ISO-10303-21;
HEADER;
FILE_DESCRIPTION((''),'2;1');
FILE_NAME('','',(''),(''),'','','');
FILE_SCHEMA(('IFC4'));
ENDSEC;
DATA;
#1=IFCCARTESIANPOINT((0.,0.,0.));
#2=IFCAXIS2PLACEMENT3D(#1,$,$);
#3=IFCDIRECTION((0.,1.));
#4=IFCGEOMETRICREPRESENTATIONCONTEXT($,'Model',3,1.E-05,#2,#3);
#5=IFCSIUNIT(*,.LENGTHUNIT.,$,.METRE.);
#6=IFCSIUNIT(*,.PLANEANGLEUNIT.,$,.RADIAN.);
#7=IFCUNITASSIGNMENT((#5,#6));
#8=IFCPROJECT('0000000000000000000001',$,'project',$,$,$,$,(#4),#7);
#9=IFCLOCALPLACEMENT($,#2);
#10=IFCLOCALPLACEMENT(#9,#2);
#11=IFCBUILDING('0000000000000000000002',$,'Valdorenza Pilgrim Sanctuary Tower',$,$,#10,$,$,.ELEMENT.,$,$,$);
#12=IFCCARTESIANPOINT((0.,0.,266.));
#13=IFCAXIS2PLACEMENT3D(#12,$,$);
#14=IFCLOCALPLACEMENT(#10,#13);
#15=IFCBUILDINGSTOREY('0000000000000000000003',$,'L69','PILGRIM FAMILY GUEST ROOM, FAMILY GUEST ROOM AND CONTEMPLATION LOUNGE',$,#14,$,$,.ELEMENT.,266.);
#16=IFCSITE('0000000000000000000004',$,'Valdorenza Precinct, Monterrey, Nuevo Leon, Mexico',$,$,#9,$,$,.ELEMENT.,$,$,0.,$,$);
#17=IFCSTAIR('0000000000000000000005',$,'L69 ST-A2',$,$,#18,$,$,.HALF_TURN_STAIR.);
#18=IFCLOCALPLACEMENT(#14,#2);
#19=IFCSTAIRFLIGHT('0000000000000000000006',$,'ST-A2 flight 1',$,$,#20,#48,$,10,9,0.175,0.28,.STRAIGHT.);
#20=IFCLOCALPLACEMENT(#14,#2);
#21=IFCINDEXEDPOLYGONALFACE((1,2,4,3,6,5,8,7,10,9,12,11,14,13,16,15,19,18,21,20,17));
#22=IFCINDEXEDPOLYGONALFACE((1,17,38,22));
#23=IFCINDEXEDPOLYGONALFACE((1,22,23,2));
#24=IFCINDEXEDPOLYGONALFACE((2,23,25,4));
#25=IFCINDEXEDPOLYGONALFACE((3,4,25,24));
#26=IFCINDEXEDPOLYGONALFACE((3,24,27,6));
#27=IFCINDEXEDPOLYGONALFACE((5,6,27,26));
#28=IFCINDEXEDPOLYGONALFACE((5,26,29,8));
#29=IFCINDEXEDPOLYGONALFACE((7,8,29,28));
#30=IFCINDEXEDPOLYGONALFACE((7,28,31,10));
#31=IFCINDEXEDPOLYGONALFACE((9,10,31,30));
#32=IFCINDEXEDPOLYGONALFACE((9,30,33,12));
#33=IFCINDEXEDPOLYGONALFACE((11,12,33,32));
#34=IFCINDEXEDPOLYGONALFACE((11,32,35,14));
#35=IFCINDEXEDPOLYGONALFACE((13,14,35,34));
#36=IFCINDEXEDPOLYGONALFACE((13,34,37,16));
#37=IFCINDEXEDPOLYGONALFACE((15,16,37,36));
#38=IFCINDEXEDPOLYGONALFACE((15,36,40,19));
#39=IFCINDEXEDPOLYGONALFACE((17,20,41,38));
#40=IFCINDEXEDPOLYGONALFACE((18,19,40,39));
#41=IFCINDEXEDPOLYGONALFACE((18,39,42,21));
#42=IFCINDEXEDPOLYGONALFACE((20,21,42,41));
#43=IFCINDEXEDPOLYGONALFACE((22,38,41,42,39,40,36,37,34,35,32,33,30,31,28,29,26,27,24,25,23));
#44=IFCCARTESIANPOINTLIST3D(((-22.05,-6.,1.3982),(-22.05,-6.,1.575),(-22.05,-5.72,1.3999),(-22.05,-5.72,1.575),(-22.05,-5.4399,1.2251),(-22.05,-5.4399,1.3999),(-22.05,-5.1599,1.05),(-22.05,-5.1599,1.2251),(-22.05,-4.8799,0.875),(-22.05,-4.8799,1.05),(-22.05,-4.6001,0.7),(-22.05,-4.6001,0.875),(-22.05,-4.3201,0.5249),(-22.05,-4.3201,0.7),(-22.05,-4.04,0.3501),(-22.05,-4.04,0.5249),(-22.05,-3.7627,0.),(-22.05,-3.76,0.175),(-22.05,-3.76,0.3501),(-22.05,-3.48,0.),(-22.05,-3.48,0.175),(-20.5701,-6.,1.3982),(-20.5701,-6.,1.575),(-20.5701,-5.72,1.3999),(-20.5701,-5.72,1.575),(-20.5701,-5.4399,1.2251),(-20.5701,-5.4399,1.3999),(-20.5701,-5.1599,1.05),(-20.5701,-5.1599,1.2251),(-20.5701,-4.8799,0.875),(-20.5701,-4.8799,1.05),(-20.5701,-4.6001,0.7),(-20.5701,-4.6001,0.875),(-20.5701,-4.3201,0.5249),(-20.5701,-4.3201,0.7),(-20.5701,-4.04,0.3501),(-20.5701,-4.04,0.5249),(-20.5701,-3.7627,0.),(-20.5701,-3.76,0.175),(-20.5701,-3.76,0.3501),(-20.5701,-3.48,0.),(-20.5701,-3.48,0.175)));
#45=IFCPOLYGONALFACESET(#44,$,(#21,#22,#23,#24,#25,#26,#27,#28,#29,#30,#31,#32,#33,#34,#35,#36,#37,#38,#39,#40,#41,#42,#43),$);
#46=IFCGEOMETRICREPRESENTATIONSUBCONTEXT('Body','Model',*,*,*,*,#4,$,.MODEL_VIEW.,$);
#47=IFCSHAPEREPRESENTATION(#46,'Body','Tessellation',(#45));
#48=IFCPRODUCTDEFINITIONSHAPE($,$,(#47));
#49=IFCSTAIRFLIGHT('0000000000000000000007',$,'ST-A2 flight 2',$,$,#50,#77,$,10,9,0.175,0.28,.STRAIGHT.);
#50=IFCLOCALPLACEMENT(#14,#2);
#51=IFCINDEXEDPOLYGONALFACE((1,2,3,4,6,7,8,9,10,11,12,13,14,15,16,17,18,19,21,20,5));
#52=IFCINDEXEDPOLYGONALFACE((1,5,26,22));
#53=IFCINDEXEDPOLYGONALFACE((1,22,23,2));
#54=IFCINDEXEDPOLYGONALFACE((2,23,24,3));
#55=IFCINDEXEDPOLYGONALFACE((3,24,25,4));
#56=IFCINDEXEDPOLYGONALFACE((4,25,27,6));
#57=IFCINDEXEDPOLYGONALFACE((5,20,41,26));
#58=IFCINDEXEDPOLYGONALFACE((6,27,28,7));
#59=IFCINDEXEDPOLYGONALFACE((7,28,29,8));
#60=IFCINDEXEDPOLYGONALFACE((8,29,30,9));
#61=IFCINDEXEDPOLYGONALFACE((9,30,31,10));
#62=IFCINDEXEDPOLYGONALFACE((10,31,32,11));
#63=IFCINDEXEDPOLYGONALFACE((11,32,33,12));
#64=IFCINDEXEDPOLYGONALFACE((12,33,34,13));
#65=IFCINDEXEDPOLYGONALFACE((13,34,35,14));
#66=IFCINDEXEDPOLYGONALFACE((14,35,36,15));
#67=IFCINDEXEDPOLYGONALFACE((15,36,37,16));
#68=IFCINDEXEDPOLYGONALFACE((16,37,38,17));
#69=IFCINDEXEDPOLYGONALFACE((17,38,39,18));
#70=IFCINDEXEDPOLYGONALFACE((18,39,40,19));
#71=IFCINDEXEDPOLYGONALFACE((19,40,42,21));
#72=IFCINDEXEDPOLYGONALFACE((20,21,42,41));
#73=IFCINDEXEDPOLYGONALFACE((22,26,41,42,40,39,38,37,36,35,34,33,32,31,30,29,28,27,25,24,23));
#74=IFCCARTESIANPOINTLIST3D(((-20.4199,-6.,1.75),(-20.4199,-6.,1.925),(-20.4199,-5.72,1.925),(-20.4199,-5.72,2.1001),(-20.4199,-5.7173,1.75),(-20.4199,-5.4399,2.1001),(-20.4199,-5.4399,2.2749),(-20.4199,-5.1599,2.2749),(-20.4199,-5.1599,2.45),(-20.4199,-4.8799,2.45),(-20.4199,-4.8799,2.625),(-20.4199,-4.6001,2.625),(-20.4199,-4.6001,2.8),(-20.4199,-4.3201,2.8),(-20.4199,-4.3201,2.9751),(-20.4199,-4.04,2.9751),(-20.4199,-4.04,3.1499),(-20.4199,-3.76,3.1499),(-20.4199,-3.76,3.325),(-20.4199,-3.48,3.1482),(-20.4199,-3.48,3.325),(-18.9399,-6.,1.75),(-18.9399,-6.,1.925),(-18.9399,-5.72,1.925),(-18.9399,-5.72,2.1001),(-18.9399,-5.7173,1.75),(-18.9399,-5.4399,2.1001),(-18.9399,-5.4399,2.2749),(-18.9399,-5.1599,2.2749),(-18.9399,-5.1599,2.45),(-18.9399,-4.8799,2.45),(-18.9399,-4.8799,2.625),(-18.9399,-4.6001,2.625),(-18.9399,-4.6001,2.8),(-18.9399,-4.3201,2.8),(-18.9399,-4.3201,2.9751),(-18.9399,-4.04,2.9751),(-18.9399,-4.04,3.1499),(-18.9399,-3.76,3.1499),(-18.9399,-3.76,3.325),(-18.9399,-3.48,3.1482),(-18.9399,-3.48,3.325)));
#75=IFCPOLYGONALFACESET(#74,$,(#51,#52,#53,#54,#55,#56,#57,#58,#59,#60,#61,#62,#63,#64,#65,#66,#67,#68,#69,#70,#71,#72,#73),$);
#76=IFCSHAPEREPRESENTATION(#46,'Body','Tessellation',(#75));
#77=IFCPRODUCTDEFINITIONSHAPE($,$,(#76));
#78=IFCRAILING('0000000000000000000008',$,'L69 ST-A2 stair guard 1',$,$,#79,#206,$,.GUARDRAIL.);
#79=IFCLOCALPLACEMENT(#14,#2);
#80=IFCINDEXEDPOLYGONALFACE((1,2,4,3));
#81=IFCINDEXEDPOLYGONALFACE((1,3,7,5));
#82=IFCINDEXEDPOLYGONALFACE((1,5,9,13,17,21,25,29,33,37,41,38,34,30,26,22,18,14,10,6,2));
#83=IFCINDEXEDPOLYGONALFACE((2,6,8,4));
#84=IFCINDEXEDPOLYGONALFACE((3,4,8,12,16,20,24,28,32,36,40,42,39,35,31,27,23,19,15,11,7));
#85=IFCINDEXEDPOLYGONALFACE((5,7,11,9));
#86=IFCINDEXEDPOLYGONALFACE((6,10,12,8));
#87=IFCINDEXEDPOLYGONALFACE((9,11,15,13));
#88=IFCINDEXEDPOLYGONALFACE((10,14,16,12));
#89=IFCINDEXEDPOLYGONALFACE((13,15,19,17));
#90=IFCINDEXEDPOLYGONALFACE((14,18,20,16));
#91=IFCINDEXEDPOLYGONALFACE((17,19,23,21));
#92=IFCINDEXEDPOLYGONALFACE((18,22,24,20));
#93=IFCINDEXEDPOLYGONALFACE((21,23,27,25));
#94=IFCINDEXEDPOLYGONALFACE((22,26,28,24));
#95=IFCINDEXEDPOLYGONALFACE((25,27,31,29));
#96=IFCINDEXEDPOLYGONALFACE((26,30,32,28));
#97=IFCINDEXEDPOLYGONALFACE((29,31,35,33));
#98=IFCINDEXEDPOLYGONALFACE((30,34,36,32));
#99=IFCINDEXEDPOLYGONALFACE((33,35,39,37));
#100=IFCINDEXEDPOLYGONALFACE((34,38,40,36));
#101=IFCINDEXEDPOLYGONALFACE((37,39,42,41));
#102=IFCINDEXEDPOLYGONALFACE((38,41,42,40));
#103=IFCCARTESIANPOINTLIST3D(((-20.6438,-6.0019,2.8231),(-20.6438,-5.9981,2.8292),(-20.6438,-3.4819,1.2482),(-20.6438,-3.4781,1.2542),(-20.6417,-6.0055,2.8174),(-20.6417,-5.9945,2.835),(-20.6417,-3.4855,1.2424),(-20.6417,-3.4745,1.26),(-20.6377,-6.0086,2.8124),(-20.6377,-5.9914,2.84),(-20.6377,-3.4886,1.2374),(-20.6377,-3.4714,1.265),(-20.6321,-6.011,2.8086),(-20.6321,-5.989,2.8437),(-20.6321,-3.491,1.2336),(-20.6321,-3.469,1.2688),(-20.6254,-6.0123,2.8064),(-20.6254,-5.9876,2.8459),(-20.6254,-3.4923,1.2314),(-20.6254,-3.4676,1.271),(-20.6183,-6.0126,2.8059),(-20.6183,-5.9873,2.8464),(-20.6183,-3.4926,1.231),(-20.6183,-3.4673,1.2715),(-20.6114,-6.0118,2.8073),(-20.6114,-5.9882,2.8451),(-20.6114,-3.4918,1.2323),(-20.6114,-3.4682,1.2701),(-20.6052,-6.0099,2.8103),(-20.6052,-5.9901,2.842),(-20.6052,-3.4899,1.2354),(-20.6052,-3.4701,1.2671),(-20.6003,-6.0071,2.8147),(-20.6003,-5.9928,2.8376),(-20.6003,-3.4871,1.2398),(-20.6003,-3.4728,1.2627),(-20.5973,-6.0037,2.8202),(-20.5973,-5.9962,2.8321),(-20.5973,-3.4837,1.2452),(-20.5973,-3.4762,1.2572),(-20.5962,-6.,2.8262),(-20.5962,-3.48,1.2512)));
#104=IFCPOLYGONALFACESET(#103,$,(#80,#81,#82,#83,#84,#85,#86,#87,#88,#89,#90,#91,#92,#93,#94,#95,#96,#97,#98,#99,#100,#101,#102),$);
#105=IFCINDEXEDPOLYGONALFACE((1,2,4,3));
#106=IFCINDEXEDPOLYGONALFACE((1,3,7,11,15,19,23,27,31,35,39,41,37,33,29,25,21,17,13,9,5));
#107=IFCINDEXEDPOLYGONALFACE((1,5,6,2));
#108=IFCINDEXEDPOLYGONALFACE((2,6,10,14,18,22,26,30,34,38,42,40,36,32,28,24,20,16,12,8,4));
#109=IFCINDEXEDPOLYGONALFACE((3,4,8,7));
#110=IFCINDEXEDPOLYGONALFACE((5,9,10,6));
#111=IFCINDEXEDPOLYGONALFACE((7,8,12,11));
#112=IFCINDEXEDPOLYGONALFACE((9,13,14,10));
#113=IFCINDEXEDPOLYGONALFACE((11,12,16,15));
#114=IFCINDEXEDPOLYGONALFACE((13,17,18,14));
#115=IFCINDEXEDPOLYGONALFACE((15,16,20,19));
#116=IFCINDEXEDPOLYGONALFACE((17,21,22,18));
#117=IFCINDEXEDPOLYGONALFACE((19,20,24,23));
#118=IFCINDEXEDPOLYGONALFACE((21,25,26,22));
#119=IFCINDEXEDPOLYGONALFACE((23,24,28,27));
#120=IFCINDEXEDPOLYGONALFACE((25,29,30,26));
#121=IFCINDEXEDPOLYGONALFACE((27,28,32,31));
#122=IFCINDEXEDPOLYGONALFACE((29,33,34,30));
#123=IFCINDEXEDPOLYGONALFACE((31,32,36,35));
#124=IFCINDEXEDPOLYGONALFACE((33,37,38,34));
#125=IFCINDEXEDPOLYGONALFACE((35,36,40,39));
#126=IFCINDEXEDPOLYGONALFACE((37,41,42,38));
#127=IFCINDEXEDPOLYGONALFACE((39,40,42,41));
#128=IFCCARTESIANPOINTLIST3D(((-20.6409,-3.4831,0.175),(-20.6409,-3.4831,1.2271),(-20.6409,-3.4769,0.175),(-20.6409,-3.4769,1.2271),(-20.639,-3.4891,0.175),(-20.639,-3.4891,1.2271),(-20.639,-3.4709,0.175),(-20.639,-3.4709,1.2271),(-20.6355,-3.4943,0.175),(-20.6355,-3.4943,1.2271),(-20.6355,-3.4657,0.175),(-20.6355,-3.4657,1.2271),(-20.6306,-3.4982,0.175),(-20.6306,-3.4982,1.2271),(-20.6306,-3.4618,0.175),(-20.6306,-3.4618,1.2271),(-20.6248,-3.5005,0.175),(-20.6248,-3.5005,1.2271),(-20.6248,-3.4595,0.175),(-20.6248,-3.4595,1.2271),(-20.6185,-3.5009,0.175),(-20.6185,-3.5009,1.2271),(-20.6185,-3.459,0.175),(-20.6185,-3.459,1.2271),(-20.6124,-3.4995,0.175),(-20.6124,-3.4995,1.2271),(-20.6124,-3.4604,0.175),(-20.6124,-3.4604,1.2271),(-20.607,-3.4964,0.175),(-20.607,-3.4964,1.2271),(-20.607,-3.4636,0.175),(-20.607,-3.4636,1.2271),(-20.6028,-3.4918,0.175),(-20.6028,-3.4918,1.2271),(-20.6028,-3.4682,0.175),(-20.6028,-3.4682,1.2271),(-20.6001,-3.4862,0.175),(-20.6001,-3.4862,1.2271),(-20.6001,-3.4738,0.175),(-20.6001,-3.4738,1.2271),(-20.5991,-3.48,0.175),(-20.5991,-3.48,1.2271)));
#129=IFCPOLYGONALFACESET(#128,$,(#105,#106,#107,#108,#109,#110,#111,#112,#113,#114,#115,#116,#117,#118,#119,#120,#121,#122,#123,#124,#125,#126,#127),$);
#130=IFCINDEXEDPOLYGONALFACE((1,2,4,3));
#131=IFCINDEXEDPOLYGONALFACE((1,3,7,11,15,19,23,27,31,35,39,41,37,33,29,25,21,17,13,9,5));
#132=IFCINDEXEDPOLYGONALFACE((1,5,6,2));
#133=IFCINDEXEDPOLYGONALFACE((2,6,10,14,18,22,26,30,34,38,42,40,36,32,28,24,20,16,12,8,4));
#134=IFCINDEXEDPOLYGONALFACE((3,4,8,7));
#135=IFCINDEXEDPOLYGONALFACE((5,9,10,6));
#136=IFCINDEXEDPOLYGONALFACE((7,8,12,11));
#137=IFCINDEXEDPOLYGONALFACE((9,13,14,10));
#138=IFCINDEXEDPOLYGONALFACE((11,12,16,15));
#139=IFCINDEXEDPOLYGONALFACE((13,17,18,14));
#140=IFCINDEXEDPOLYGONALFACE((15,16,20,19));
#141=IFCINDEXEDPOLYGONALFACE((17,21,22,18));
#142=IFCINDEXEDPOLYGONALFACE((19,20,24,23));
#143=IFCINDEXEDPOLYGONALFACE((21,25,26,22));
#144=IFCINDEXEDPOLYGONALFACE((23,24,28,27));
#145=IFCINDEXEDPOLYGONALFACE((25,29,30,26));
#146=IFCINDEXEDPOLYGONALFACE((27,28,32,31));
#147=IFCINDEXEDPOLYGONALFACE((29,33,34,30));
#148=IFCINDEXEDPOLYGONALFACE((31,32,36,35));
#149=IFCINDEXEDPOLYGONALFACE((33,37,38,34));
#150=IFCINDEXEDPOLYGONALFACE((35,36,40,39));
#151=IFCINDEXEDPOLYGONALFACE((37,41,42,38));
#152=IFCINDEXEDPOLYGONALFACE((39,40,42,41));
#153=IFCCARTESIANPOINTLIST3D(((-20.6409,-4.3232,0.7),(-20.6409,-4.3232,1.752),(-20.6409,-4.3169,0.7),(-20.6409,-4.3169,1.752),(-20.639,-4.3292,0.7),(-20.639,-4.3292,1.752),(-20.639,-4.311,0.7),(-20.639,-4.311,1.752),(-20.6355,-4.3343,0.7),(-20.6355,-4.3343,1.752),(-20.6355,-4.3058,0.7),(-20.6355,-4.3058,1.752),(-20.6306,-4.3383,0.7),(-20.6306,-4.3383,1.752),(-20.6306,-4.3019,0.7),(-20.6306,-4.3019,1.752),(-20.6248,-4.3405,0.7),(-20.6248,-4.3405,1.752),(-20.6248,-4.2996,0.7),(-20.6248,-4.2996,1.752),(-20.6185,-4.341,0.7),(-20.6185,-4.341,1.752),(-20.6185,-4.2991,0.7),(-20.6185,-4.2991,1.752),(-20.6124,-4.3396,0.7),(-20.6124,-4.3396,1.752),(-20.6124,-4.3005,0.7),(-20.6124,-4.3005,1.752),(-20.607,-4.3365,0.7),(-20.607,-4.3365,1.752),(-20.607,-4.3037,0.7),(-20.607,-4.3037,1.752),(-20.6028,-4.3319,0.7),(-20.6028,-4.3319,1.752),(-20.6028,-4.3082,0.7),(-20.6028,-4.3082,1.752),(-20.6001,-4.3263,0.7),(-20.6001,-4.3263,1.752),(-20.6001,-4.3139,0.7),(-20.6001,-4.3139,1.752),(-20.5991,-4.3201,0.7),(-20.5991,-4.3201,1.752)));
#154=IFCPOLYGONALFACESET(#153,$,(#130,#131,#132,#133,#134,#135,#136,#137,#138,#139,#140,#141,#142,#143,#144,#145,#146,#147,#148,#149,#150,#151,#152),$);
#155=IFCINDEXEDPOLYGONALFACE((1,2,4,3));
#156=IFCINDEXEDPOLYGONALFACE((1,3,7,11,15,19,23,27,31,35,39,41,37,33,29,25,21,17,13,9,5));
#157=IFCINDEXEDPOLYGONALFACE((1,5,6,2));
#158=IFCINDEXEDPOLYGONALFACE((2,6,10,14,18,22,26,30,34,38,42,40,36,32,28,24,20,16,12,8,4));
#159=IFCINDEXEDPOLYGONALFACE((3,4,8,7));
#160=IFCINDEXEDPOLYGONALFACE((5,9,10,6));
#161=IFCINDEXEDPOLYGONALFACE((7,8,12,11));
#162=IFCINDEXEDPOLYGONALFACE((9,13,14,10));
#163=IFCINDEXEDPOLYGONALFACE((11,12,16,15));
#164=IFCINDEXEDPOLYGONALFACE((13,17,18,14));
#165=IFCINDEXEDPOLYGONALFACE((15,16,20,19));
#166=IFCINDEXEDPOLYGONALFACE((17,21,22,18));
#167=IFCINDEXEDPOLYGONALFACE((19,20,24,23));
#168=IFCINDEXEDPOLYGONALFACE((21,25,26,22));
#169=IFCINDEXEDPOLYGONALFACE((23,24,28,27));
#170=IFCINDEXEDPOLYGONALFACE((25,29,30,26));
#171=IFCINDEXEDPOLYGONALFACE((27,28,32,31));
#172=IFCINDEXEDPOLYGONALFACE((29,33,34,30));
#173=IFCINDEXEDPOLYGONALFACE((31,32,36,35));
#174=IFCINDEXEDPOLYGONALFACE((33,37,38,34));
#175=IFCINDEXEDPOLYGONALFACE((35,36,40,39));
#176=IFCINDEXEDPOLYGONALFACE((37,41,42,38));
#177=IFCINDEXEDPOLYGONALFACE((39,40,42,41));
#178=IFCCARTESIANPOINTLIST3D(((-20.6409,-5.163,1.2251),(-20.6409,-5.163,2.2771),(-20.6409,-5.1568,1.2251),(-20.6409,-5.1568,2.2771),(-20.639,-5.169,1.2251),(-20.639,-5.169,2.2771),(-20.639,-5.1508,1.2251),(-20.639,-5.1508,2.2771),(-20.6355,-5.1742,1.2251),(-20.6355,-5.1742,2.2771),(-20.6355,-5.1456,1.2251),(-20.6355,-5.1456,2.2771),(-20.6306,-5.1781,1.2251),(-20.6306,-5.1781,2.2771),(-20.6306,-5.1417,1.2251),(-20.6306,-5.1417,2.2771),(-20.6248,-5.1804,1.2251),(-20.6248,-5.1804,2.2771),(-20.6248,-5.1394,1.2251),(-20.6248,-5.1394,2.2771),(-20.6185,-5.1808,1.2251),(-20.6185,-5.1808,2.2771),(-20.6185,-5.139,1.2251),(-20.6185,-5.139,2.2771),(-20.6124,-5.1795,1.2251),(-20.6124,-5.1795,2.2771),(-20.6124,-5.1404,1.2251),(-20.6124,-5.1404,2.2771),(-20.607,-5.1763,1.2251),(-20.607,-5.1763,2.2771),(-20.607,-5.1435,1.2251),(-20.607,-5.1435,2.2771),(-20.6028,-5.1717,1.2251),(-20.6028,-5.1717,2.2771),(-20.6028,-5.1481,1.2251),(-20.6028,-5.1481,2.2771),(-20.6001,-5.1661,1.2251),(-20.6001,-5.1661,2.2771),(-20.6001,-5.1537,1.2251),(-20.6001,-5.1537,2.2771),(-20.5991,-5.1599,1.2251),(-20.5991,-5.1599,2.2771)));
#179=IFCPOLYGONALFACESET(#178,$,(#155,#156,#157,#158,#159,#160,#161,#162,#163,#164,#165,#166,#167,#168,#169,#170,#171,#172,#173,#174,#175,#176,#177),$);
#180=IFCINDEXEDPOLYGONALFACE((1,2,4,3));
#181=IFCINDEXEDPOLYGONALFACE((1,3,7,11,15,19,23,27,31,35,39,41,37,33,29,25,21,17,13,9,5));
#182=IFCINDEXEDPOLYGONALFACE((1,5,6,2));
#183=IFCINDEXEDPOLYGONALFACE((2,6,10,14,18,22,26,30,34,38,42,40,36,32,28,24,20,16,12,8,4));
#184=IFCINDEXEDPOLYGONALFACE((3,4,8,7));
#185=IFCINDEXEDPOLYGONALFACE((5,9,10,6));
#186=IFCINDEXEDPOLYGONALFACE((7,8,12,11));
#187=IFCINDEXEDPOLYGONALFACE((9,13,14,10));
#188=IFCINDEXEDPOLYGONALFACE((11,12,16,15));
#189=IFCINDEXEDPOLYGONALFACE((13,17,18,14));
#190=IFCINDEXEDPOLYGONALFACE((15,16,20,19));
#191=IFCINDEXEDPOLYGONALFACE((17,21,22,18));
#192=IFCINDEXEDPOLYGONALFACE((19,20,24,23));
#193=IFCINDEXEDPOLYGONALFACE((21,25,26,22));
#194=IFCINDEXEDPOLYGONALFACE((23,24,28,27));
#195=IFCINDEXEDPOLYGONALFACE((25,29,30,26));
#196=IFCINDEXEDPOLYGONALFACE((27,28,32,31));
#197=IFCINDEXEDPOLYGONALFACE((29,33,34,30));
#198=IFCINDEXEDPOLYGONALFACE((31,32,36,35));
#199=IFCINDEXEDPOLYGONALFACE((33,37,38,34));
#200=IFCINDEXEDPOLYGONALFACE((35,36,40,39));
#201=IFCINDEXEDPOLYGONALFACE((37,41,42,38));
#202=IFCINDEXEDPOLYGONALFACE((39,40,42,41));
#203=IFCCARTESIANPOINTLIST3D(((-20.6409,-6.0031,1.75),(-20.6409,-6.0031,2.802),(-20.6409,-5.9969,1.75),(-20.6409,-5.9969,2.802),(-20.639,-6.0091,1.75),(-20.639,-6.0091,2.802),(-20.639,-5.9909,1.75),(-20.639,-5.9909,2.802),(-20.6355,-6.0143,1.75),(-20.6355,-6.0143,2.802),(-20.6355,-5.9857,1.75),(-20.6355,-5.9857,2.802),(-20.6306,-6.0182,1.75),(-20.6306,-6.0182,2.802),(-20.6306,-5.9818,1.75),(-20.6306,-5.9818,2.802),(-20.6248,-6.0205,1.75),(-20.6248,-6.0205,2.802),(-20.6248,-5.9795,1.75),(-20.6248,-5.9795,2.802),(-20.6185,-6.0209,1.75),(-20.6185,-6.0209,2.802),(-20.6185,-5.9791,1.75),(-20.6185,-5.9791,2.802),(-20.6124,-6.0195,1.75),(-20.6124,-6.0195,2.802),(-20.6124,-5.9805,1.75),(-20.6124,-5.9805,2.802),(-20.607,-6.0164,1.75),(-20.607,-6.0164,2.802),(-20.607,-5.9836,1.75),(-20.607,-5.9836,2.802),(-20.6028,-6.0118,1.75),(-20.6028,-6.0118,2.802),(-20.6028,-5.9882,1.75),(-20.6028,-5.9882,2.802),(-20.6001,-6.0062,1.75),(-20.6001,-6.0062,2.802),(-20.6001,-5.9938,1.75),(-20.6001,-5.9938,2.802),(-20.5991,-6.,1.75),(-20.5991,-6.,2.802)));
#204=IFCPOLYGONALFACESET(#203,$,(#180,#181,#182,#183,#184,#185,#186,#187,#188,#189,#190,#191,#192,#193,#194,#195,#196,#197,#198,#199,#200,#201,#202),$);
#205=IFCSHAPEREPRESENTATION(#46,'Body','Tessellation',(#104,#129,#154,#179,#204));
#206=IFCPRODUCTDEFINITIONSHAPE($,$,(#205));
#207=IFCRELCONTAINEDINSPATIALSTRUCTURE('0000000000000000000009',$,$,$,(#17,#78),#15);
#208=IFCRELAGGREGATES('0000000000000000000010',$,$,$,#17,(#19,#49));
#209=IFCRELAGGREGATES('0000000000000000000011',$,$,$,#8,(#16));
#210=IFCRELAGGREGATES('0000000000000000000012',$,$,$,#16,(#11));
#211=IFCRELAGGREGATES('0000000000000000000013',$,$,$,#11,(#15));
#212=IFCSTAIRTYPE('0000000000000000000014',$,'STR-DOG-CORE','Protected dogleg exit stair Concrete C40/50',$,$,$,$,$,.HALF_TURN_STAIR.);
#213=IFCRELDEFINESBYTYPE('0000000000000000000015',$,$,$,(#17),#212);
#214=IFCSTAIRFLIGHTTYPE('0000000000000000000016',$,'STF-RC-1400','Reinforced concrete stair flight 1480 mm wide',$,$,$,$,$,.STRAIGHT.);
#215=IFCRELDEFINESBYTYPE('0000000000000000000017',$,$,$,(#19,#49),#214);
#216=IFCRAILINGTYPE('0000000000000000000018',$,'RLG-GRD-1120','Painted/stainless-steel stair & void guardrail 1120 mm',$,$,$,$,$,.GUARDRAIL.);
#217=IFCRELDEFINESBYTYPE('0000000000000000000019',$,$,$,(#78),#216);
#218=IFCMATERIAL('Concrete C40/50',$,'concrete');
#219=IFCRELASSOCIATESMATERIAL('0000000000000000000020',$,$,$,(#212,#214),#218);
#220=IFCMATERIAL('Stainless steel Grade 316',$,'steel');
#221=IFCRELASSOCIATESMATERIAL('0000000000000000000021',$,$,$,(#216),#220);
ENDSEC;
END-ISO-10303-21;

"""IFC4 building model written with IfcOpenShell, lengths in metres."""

from ifc_helpers import new_model, si_unit, direction, frame, origin, origin_2d, place, context, subcontext, project, spatial, polyline, circle, outline, extrude, material, type_object, element, aggregate, save


model = new_model("IFC4")

# Units and contexts
model_context = context("Model", 3, precision=1e-05, world=origin(), true_north=direction((0.0, 1.0)))
body_context = subcontext(model_context, "Body", "Model", "MODEL_VIEW")
ifc_project = project(units=[si_unit("LENGTHUNIT", "METRE"), si_unit("PLANEANGLEUNIT", "RADIAN")], contexts=[model_context])

# Site, building, storey
site_placement = place(None, origin())
site = spatial("IfcSite", under=ifc_project, at=site_placement, Name="Valdorenza Precinct, Monterrey, Nuevo Leon, Mexico", CompositionType="ELEMENT", RefElevation=0.0)
building_placement = place(site_placement, origin())
building = spatial("IfcBuilding", under=site, at=building_placement, Name="Valdorenza Pilgrim Sanctuary Tower", CompositionType="ELEMENT")
storey_placement = place(building_placement, frame((0.0, 0.0, 266.0)))
storey = spatial("IfcBuildingStorey", under=building, at=storey_placement, Name="L69", Description="PILGRIM FAMILY GUEST ROOM, FAMILY GUEST ROOM AND CONTEMPLATION LOUNGE", CompositionType="ELEMENT", Elevation=266.0)

# Shared definitions
ifc_material_1 = material(Name="Concrete C40/50", Category="concrete")

# Stair, stair flights
stair_type = type_object("IfcStairType", Name="STR-DOG-CORE", Description="Protected dogleg exit stair Concrete C40/50", PredefinedType="HALF_TURN_STAIR", material=ifc_material_1)
stair_placement = place(storey_placement, origin())
stair = element("IfcStair", 1, at=stair_placement, inside=storey, type_object=stair_type, Name="L69 ST-A2", PredefinedType="HALF_TURN_STAIR")
stair_flight_type = type_object("IfcStairFlightType", Name="STF-RC-1400", Description="Reinforced concrete stair flight 1480 mm wide", PredefinedType="STRAIGHT", material=ifc_material_1)
stair_flight_1_placement = place(storey_placement, frame((-21.3101, -3.48, 0.0), z_axis=(0.0, 0.0, 1.0), x_axis=(0.0, -1.0, 0.0)))
stair_flight_1 = element("IfcStairFlight", 2, at=stair_flight_1_placement, type_object=stair_flight_type, Name="ST-A2 flight 1", NumberOfRisers=10, NumberOfTreads=9, PredefinedType="STRAIGHT", RiserHeight=0.175, TreadLength=0.28, context=body_context, shape_type="SweptSolid", body=[
    extrude(outline(polyline([(0.0, 0.0), (0.0, 0.175), (0.28, 0.175), (0.28, 0.3501), (0.5601, 0.3501), (0.5601, 0.5249), (0.8401, 0.5249), (0.8401, 0.7), (1.1201, 0.7), (1.1201, 0.875), (1.3999, 0.875), (1.3999, 1.05), (1.6799, 1.05), (1.6799, 1.2251), (1.96, 1.2251), (1.96, 1.3999), (2.24, 1.3999), (2.24, 1.575), (2.52, 1.575), (2.52, 1.75), (2.52, 1.3982), (0.2827, 0.0), (0.0, 0.0)])), frame((0.0, 0.74, 0.0), z_axis=(0.0, -1.0, 0.0), x_axis=(1.0, 0.0, 0.0)), (0.0, 0.0, 1.0), 1.48),
])
stair_flight_2_placement = place(storey_placement, frame((-19.6799, -6.0, 1.75), z_axis=(0.0, 0.0, 1.0), x_axis=(0.0, 1.0, 0.0)))
stair_flight_2 = element("IfcStairFlight", 3, at=stair_flight_2_placement, type_object=stair_flight_type, Name="ST-A2 flight 2", NumberOfRisers=10, NumberOfTreads=9, PredefinedType="STRAIGHT", RiserHeight=0.175, TreadLength=0.28, context=body_context, shape_type="SweptSolid", body=[
    extrude(outline(polyline([(0.0, 0.0), (0.0, 0.175), (0.28, 0.175), (0.28, 0.3501), (0.5601, 0.3501), (0.5601, 0.5249), (0.8401, 0.5249), (0.8401, 0.7), (1.1201, 0.7), (1.1201, 0.875), (1.3999, 0.875), (1.3999, 1.05), (1.6799, 1.05), (1.6799, 1.2251), (1.96, 1.2251), (1.96, 1.3999), (2.24, 1.3999), (2.24, 1.575), (2.52, 1.575), (2.52, 1.75), (2.52, 1.3982), (0.2827, 0.0), (0.0, 0.0)])), frame((0.0, 0.74, 0.0), z_axis=(0.0, -1.0, 0.0), x_axis=(1.0, 0.0, 0.0)), (0.0, 0.0, 1.0), 1.48),
])
aggregate(stair, [stair_flight_1, stair_flight_2])

# Railing
ifc_material_2 = material(Name="Stainless steel Grade 316", Category="steel")
railing_type_1 = type_object("IfcRailingType", Name="RLG-GRD-1120", Description="Painted/stainless-steel stair & void guardrail 1120 mm", PredefinedType="GUARDRAIL", material=ifc_material_2)
railing_1_placement = place(storey_placement, frame((-20.6201, -3.48, 0.175)))
element("IfcRailing", 4, at=railing_1_placement, inside=storey, type_object=railing_type_1, Name="L69 ST-A2 stair guard 1", PredefinedType="GUARDRAIL", context=body_context, shape_type="SweptSolid", body=[
    extrude(circle(Radius=0.0239, at=origin_2d()), frame((0.0, 0.0, 1.0762), z_axis=(0.0, -0.848008, 0.529984), x_axis=(1.0, 0.0, 0.0)), (0.0, 0.0, 1.0), 2.9717),
    extrude(circle(Radius=0.021, at=origin_2d()), origin(), (0.0, 0.0, 1.0), 1.052),
    extrude(circle(Radius=0.021, at=origin_2d()), frame((0.0, -0.8401, 0.5249)), (0.0, 0.0, 1.0), 1.052),
    extrude(circle(Radius=0.021, at=origin_2d()), frame((0.0, -1.6799, 1.05)), (0.0, 0.0, 1.0), 1.052),
    extrude(circle(Radius=0.021, at=origin_2d()), frame((0.0, -2.52, 1.575)), (0.0, 0.0, 1.0), 1.052),
])

save(model, "model.ifc")
